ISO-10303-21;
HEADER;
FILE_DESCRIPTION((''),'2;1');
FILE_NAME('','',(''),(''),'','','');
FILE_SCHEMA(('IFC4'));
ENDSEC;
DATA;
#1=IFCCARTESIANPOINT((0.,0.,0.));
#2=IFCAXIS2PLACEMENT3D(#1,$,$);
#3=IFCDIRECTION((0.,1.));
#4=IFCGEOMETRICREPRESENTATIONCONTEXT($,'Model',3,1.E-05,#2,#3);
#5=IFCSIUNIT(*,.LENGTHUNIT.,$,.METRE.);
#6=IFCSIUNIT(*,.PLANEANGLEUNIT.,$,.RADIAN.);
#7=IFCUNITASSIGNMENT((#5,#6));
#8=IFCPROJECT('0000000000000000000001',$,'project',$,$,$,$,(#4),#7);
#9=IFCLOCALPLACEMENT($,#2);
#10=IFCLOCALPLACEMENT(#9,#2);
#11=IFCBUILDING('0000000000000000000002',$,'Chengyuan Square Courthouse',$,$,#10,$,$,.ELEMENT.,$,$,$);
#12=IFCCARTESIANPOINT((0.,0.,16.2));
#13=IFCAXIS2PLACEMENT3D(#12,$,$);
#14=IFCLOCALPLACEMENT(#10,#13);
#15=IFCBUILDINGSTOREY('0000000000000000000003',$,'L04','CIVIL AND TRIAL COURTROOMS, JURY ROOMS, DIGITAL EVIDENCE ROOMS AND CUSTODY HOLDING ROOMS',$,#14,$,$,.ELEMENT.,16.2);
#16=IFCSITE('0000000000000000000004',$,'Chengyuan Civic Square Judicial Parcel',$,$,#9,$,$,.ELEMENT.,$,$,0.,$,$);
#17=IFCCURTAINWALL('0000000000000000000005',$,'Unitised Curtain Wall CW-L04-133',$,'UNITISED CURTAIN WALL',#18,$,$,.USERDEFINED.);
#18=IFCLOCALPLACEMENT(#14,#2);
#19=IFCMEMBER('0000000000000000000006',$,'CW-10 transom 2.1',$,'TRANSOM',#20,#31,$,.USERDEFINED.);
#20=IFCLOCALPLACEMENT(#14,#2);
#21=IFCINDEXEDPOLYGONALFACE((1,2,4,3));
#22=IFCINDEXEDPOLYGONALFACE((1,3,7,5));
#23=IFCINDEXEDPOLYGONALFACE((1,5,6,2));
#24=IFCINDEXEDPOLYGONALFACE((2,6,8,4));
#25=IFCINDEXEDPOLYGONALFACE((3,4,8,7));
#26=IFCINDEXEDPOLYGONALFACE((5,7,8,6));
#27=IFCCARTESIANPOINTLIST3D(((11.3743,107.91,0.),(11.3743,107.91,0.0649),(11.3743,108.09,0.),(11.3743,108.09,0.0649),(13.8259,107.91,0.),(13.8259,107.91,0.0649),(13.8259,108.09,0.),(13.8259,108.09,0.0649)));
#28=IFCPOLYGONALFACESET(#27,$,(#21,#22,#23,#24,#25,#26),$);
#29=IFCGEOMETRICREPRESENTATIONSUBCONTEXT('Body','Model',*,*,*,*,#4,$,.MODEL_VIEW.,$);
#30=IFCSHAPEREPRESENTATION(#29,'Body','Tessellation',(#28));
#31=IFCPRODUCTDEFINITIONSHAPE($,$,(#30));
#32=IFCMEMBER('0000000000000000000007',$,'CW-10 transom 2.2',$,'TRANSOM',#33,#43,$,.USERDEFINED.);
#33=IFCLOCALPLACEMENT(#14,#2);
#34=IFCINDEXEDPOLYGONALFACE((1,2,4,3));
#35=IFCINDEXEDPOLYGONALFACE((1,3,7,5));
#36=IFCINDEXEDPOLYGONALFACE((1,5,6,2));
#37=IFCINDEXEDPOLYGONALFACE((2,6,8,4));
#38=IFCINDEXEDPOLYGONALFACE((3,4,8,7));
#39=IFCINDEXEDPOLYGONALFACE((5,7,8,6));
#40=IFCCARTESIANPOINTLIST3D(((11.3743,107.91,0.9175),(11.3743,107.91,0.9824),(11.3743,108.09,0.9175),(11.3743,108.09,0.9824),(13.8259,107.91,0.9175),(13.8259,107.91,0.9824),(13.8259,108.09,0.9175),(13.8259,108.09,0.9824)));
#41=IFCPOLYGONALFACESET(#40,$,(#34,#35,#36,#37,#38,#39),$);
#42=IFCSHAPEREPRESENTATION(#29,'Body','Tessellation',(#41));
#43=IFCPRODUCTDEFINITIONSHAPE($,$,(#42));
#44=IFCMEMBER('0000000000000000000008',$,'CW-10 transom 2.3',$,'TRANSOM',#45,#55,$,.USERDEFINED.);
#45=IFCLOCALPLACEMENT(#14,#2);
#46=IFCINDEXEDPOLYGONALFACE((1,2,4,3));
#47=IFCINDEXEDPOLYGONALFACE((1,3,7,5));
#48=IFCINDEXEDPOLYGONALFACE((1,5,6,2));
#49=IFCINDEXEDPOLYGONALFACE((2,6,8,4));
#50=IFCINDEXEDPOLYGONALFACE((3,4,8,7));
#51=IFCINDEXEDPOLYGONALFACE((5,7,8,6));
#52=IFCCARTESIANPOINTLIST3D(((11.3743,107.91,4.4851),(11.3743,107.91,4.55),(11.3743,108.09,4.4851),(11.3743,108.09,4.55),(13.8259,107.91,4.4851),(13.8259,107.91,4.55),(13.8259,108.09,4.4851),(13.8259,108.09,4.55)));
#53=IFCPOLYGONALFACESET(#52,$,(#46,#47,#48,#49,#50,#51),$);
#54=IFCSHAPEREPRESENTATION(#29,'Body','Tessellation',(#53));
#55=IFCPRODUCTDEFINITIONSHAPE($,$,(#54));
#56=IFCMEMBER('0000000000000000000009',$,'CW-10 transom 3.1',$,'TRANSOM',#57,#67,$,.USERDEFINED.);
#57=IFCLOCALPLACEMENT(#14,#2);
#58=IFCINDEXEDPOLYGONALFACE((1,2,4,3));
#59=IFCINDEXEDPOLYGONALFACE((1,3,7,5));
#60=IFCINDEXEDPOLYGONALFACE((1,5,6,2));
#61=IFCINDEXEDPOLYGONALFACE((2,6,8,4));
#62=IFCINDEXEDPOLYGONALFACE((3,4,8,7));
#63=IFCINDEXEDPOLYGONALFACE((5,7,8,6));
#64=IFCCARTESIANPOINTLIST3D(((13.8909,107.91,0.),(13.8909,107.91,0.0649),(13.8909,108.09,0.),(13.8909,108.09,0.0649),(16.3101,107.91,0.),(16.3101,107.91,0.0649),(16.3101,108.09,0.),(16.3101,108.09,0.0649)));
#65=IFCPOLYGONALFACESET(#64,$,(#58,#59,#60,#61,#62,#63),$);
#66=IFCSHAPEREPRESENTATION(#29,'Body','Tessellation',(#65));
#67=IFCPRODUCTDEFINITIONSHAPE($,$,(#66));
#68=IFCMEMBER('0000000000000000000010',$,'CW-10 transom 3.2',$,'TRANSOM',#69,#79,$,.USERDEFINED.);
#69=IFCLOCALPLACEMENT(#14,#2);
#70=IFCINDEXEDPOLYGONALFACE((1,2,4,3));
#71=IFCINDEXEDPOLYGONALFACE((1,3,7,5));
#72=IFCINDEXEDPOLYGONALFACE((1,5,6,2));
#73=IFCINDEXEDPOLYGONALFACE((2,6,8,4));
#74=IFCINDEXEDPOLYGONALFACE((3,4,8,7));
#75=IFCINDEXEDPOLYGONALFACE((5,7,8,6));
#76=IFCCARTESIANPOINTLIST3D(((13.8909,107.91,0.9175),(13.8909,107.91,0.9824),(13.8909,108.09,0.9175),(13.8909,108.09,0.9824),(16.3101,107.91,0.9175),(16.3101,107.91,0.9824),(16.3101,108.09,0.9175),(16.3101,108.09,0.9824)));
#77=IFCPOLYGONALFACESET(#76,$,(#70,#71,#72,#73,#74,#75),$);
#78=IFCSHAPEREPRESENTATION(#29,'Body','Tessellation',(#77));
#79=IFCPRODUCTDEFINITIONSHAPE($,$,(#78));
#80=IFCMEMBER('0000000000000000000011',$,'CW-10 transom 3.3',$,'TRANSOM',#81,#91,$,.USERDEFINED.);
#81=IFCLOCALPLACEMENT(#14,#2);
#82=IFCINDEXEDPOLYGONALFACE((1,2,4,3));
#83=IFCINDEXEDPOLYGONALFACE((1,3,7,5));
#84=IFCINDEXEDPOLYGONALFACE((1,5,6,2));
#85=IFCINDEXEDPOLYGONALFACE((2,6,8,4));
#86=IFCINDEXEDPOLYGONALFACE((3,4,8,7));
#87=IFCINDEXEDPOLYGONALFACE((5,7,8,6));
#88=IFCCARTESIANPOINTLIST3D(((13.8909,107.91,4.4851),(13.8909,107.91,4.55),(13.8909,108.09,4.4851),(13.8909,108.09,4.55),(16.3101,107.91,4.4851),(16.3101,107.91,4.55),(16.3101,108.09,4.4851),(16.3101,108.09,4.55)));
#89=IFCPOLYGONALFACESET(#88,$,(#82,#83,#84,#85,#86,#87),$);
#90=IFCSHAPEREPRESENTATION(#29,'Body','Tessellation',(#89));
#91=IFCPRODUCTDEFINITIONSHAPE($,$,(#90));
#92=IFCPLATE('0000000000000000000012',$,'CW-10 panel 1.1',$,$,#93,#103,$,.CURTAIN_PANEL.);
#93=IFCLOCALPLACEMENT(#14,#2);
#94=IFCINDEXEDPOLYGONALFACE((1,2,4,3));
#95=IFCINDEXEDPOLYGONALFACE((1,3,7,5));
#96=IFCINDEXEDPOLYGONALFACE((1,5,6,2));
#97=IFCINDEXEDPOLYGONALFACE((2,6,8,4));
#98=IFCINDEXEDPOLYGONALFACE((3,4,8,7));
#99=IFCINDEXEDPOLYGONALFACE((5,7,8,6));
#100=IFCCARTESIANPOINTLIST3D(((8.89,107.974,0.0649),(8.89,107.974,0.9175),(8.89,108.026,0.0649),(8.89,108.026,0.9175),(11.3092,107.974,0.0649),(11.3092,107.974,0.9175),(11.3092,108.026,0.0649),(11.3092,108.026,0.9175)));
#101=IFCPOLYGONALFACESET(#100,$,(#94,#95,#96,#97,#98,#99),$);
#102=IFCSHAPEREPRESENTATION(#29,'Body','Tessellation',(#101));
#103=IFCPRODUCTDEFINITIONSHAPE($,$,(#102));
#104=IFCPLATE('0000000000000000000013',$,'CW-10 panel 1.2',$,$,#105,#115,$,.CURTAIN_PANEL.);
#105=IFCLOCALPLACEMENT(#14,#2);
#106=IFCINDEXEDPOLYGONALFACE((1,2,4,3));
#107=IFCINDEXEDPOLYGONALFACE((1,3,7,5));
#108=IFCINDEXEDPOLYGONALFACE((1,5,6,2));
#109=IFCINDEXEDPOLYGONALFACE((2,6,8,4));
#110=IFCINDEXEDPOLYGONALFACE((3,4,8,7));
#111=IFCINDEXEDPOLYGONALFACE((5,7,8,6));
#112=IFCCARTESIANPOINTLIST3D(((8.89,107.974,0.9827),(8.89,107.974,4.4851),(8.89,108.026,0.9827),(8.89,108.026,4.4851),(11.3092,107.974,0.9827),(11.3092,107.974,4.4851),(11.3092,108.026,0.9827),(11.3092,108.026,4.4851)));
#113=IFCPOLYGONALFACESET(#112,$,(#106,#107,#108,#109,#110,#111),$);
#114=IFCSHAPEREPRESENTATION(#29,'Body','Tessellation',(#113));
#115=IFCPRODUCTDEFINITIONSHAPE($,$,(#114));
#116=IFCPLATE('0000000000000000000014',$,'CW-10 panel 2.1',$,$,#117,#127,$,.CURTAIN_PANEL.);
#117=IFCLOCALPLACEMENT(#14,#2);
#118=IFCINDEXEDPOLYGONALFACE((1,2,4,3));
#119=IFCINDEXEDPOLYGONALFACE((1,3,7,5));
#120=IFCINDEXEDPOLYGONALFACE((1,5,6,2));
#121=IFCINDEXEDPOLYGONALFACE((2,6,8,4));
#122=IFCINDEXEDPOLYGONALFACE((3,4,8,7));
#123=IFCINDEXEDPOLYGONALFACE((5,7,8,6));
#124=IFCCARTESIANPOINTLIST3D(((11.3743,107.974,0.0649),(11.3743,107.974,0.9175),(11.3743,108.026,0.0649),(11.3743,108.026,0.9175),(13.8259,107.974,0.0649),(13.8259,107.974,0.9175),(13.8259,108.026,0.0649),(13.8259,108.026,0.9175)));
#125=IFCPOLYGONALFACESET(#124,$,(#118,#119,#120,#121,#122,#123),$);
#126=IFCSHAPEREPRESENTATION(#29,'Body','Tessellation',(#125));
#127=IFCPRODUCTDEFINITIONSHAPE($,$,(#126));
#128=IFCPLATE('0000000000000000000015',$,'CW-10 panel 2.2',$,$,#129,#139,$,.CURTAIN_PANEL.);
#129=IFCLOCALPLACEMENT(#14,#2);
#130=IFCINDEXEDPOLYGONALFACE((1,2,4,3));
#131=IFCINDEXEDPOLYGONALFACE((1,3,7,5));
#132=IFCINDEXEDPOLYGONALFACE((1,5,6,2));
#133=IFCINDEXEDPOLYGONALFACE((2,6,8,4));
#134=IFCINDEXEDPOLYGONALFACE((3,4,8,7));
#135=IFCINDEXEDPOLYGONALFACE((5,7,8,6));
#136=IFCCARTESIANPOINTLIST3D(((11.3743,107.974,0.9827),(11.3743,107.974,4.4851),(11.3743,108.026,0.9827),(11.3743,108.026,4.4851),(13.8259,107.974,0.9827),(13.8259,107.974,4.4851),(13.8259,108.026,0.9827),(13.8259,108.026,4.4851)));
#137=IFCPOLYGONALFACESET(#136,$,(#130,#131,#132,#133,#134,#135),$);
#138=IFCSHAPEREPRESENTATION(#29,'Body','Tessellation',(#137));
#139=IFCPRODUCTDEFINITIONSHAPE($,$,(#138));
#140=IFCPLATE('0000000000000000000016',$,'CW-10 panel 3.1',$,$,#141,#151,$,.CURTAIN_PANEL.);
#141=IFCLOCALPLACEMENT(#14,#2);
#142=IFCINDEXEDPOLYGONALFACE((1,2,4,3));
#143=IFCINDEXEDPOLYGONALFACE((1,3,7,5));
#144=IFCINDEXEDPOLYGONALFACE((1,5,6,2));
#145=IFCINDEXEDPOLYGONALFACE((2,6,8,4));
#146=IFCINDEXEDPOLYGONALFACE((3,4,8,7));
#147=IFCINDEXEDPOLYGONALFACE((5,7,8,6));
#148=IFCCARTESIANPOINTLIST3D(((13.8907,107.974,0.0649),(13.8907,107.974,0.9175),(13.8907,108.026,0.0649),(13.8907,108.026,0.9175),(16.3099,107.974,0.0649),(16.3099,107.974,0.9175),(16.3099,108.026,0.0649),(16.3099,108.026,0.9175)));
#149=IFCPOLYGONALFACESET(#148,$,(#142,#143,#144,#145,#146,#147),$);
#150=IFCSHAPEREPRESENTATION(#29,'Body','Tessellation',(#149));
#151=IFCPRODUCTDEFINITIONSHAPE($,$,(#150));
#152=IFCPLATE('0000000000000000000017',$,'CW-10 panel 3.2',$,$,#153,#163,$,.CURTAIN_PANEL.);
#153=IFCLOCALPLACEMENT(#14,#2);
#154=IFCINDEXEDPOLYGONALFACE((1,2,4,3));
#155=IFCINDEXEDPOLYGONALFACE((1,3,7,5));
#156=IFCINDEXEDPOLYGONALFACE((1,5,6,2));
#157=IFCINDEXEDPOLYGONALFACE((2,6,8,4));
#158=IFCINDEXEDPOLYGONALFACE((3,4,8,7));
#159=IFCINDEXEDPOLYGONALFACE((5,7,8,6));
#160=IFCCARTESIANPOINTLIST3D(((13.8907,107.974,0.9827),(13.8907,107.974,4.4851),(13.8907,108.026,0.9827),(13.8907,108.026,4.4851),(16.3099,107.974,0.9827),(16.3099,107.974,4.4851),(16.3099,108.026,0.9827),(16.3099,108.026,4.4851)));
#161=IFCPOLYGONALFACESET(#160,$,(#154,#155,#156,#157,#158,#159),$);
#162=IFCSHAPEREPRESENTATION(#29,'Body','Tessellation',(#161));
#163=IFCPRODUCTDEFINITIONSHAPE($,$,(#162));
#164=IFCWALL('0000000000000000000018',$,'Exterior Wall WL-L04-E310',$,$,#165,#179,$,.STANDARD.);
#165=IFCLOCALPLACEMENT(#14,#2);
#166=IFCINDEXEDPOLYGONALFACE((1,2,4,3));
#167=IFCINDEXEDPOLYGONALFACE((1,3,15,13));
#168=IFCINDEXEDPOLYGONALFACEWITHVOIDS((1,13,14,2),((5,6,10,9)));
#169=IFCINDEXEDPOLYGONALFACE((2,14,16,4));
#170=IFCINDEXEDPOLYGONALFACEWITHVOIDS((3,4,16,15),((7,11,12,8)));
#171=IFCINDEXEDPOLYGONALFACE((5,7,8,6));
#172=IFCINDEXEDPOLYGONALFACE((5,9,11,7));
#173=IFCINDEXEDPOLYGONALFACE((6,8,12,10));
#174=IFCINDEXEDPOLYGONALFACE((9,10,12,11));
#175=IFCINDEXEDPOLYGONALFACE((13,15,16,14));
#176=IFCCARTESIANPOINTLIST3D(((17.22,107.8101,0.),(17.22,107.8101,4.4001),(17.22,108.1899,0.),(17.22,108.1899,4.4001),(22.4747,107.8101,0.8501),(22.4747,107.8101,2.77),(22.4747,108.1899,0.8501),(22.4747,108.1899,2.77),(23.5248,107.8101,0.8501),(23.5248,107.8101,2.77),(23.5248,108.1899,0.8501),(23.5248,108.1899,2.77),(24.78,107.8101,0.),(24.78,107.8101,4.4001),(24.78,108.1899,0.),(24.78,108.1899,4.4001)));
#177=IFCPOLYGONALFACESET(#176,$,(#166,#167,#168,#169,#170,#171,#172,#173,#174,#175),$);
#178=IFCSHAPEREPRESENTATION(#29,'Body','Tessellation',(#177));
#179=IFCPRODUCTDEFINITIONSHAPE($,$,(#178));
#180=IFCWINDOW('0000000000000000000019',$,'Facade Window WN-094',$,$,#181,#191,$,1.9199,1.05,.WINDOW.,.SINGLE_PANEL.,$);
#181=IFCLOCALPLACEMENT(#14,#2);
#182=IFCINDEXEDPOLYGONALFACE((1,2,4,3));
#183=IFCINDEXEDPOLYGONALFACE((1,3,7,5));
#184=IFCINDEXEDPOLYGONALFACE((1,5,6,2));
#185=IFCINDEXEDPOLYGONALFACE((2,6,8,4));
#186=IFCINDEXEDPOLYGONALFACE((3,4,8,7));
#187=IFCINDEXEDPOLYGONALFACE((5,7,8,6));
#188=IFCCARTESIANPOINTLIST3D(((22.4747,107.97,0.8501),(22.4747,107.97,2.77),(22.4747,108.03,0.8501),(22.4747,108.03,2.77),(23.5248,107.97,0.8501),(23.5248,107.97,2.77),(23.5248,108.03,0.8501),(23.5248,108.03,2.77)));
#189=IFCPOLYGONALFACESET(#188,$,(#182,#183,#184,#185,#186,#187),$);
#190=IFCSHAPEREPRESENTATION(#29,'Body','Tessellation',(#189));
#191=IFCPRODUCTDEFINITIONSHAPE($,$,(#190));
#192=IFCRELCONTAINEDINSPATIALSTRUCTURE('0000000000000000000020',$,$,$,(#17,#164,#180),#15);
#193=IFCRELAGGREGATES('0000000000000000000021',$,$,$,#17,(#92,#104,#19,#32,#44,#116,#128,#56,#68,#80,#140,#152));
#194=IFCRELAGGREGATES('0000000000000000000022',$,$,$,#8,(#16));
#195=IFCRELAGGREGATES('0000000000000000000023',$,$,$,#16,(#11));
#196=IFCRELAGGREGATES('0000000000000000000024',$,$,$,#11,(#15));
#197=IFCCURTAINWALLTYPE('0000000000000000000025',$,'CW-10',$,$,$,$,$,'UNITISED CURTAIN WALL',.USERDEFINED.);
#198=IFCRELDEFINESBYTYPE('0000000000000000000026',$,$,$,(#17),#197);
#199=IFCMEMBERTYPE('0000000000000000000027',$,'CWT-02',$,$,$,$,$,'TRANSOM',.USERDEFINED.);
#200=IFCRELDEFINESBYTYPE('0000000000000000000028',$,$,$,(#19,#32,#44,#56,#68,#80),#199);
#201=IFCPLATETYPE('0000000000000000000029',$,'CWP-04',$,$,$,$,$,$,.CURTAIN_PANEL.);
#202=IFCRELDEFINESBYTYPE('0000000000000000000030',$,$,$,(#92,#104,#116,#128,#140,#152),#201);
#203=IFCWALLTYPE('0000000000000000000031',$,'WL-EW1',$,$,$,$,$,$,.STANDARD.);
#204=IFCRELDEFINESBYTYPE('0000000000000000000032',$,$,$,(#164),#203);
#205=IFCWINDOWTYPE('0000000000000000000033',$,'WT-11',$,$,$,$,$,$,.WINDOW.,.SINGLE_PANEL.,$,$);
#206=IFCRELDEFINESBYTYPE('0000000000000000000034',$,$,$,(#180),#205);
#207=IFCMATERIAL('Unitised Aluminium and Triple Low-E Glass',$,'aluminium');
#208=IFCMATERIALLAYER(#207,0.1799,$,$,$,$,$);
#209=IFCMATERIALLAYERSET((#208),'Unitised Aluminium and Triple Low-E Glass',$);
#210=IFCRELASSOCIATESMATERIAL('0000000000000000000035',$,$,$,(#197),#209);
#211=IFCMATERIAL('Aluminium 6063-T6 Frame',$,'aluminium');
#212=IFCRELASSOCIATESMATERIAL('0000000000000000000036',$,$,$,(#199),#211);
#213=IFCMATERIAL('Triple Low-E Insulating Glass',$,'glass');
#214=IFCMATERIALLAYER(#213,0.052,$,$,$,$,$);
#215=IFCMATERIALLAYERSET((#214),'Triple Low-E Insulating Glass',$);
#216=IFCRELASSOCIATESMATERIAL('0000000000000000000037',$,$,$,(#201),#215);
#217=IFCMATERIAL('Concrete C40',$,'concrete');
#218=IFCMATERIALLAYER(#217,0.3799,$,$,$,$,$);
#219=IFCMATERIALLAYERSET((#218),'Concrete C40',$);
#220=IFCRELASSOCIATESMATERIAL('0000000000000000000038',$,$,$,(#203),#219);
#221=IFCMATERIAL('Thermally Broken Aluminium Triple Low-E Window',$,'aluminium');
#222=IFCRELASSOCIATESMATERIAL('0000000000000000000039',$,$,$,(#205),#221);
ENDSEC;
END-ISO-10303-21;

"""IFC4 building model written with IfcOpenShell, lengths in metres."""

from ifc_helpers import new_model, si_unit, direction, frame, frame_2d, origin, origin_2d, place, context, subcontext, project, spatial, rectangle, extrude, material, layer, layer_set, material_profile, profile_set, type_object, element, fill, aggregate, save


model = new_model("IFC4")

# Units and contexts
model_context = context("Model", 3, precision=1e-05, world=origin(), true_north=direction((0.0, 1.0)))
body_context = subcontext(model_context, "Body", "Model", "MODEL_VIEW")
ifc_project = project(units=[si_unit("LENGTHUNIT", "METRE"), si_unit("PLANEANGLEUNIT", "RADIAN")], contexts=[model_context])

# Site, building, storey
site_placement = place(None, origin())
site = spatial("IfcSite", under=ifc_project, at=site_placement, Name="Chengyuan Civic Square Judicial Parcel", CompositionType="ELEMENT", RefElevation=0.0)
building_placement = place(site_placement, origin())
building = spatial("IfcBuilding", under=site, at=building_placement, Name="Chengyuan Square Courthouse", CompositionType="ELEMENT")
storey_placement = place(building_placement, frame((0.0, 0.0, 16.2)))
storey = spatial("IfcBuildingStorey", under=building, at=storey_placement, Name="L04", Description="CIVIL AND TRIAL COURTROOMS, JURY ROOMS, DIGITAL EVIDENCE ROOMS AND CUSTODY HOLDING ROOMS", CompositionType="ELEMENT", Elevation=16.2)

# Shared definitions
ifc_material_1 = material(Name="Concrete C40", Category="concrete")

# Curtain wall, members, plates
ifc_material_2 = material(Name="Unitised Aluminium and Triple Low-E Glass", Category="aluminium")
ifc_layer_1 = layer(ifc_material_2, 0.1799)
ifc_layer_set_1 = layer_set([ifc_layer_1], Name="Unitised Aluminium and Triple Low-E Glass")
curtain_wall_type = type_object("IfcCurtainWallType", Name="CW-10", ElementType="UNITISED CURTAIN WALL", PredefinedType="USERDEFINED", material=ifc_layer_set_1)
curtain_wall_placement = place(storey_placement, origin())
curtain_wall = element("IfcCurtainWall", 1, at=curtain_wall_placement, inside=storey, type_object=curtain_wall_type, Name="Unitised Curtain Wall CW-L04-133", ObjectType="UNITISED CURTAIN WALL", PredefinedType="USERDEFINED")
ifc_material_3 = material(Name="Aluminium 6063-T6 Frame", Category="aluminium")
ifc_material_profile_1 = material_profile(ifc_material_3, rectangle(XDim=0.1799, YDim=0.0649, at=origin_2d()), Name="CW-TRN-65x140")
ifc_profile_set_1 = profile_set([ifc_material_profile_1], Name="Aluminium 6063-T6 Frame")
member_type_1 = type_object("IfcMemberType", Name="CWT-02", ElementType="TRANSOM", PredefinedType="USERDEFINED", material=ifc_profile_set_1)
member_1_placement = place(storey_placement, frame((11.3743, 108.0, 0.0325), z_axis=(1.0, 0.0, 0.0), x_axis=(0.0, 1.0, 0.0)))
member_1 = element("IfcMember", 2, at=member_1_placement, type_object=member_type_1, Name="CW-10 transom 2.1", ObjectType="TRANSOM", PredefinedType="USERDEFINED", context=body_context, shape_type="SweptSolid", body=[
    extrude(rectangle(XDim=0.1799, YDim=0.0649, at=origin_2d()), origin(), (0.0, 0.0, 1.0), 2.4517),
])
member_2_placement = place(storey_placement, frame((11.3743, 108.0, 0.95), z_axis=(1.0, 0.0, 0.0), x_axis=(0.0, 1.0, 0.0)))
member_2 = element("IfcMember", 3, at=member_2_placement, type_object=member_type_1, Name="CW-10 transom 2.2", ObjectType="TRANSOM", PredefinedType="USERDEFINED", context=body_context, shape_type="SweptSolid", body=[
    extrude(rectangle(XDim=0.1799, YDim=0.0649, at=origin_2d()), origin(), (0.0, 0.0, 1.0), 2.4517),
])
member_3_placement = place(storey_placement, frame((11.3743, 108.0, 4.5176), z_axis=(1.0, 0.0, 0.0), x_axis=(0.0, 1.0, 0.0)))
member_3 = element("IfcMember", 4, at=member_3_placement, type_object=member_type_1, Name="CW-10 transom 2.3", ObjectType="TRANSOM", PredefinedType="USERDEFINED", context=body_context, shape_type="SweptSolid", body=[
    extrude(rectangle(XDim=0.1799, YDim=0.0649, at=origin_2d()), origin(), (0.0, 0.0, 1.0), 2.4517),
])
member_4_placement = place(storey_placement, frame((13.8909, 108.0, 0.0325), z_axis=(1.0, 0.0, 0.0), x_axis=(0.0, 1.0, 0.0)))
member_4 = element("IfcMember", 5, at=member_4_placement, type_object=member_type_1, Name="CW-10 transom 3.1", ObjectType="TRANSOM", PredefinedType="USERDEFINED", context=body_context, shape_type="SweptSolid", body=[
    extrude(rectangle(XDim=0.1799, YDim=0.0649, at=origin_2d()), origin(), (0.0, 0.0, 1.0), 2.4192),
])
member_5_placement = place(storey_placement, frame((13.8909, 108.0, 0.95), z_axis=(1.0, 0.0, 0.0), x_axis=(0.0, 1.0, 0.0)))
member_5 = element("IfcMember", 6, at=member_5_placement, type_object=member_type_1, Name="CW-10 transom 3.2", ObjectType="TRANSOM", PredefinedType="USERDEFINED", context=body_context, shape_type="SweptSolid", body=[
    extrude(rectangle(XDim=0.1799, YDim=0.0649, at=origin_2d()), origin(), (0.0, 0.0, 1.0), 2.4192),
])
member_6_placement = place(storey_placement, frame((13.8909, 108.0, 4.5176), z_axis=(1.0, 0.0, 0.0), x_axis=(0.0, 1.0, 0.0)))
member_6 = element("IfcMember", 7, at=member_6_placement, type_object=member_type_1, Name="CW-10 transom 3.3", ObjectType="TRANSOM", PredefinedType="USERDEFINED", context=body_context, shape_type="SweptSolid", body=[
    extrude(rectangle(XDim=0.1799, YDim=0.0649, at=origin_2d()), origin(), (0.0, 0.0, 1.0), 2.4192),
])
ifc_material_4 = material(Name="Triple Low-E Insulating Glass", Category="glass")
ifc_layer_2 = layer(ifc_material_4, 0.052)
ifc_layer_set_2 = layer_set([ifc_layer_2], Name="Triple Low-E Insulating Glass")
plate_type = type_object("IfcPlateType", Name="CWP-04", PredefinedType="CURTAIN_PANEL", material=ifc_layer_set_2)
plate_1_placement = place(storey_placement, frame((10.0996, 108.0, 0.0649), z_axis=(0.0, 0.0, 1.0), x_axis=(1.0, 0.0, 0.0)))
plate_1 = element("IfcPlate", 8, at=plate_1_placement, type_object=plate_type, Name="CW-10 panel 1.1", PredefinedType="CURTAIN_PANEL", context=body_context, shape_type="SweptSolid", body=[
    extrude(rectangle(XDim=2.4192, YDim=0.052, at=origin_2d()), origin(), (0.0, 0.0, 1.0), 0.8525),
])
plate_2_placement = place(storey_placement, frame((10.0996, 108.0, 0.9827), z_axis=(0.0, 0.0, 1.0), x_axis=(1.0, 0.0, 0.0)))
plate_2 = element("IfcPlate", 9, at=plate_2_placement, type_object=plate_type, Name="CW-10 panel 1.2", PredefinedType="CURTAIN_PANEL", context=body_context, shape_type="SweptSolid", body=[
    extrude(rectangle(XDim=2.4192, YDim=0.052, at=origin_2d()), origin(), (0.0, 0.0, 1.0), 3.5024),
])
plate_3_placement = place(storey_placement, frame((12.6001, 108.0, 0.0649), z_axis=(0.0, 0.0, 1.0), x_axis=(1.0, 0.0, 0.0)))
plate_3 = element("IfcPlate", 10, at=plate_3_placement, type_object=plate_type, Name="CW-10 panel 2.1", PredefinedType="CURTAIN_PANEL", context=body_context, shape_type="SweptSolid", body=[
    extrude(rectangle(XDim=2.4517, YDim=0.052, at=origin_2d()), origin(), (0.0, 0.0, 1.0), 0.8525),
])
plate_4_placement = place(storey_placement, frame((12.6001, 108.0, 0.9827), z_axis=(0.0, 0.0, 1.0), x_axis=(1.0, 0.0, 0.0)))
plate_4 = element("IfcPlate", 11, at=plate_4_placement, type_object=plate_type, Name="CW-10 panel 2.2", PredefinedType="CURTAIN_PANEL", context=body_context, shape_type="SweptSolid", body=[
    extrude(rectangle(XDim=2.4517, YDim=0.052, at=origin_2d()), origin(), (0.0, 0.0, 1.0), 3.5024),
])
plate_5_placement = place(storey_placement, frame((15.1003, 108.0, 0.0649), z_axis=(0.0, 0.0, 1.0), x_axis=(1.0, 0.0, 0.0)))
plate_5 = element("IfcPlate", 12, at=plate_5_placement, type_object=plate_type, Name="CW-10 panel 3.1", PredefinedType="CURTAIN_PANEL", context=body_context, shape_type="SweptSolid", body=[
    extrude(rectangle(XDim=2.4192, YDim=0.052, at=origin_2d()), origin(), (0.0, 0.0, 1.0), 0.8525),
])
plate_6_placement = place(storey_placement, frame((15.1003, 108.0, 0.9827), z_axis=(0.0, 0.0, 1.0), x_axis=(1.0, 0.0, 0.0)))
plate_6 = element("IfcPlate", 13, at=plate_6_placement, type_object=plate_type, Name="CW-10 panel 3.2", PredefinedType="CURTAIN_PANEL", context=body_context, shape_type="SweptSolid", body=[
    extrude(rectangle(XDim=2.4192, YDim=0.052, at=origin_2d()), origin(), (0.0, 0.0, 1.0), 3.5024),
])
aggregate(curtain_wall, [plate_1, plate_2, member_1, member_2, member_3, plate_3, plate_4, member_4, member_5, member_6, plate_5, plate_6])

# Wall, opening, window
ifc_layer_3 = layer(ifc_material_1, 0.3799)
ifc_layer_set_3 = layer_set([ifc_layer_3], Name="Concrete C40")
wall_type_1 = type_object("IfcWallType", Name="WL-EW1", PredefinedType="STANDARD", material=ifc_layer_set_3)
wall_1_placement = place(storey_placement, frame((17.22, 108.0, 0.0), z_axis=(0.0, 0.0, 1.0), x_axis=(1.0, 0.0, 0.0)))
wall_1 = element("IfcWall", 14, at=wall_1_placement, inside=storey, type_object=wall_type_1, Name="Exterior Wall WL-L04-E310", PredefinedType="STANDARD", context=body_context, shape_type="SweptSolid", body=[
    extrude(rectangle(XDim=7.5601, YDim=0.3799, at=frame_2d((3.78, 0.0))), origin(), (0.0, 0.0, 1.0), 4.4001),
])
opening_placement = place(wall_1_placement, frame((5.2549, 0.0, 0.8501)))
opening = element("IfcOpeningElement", 15, at=opening_placement, cuts=wall_1, PredefinedType="OPENING", context=body_context, shape_type="SweptSolid", body=[
    extrude(rectangle(XDim=1.05, YDim=1.9199, at=frame_2d((0.5249, 0.96))), frame((0.0, 0.2019, 0.0), z_axis=(0.0, -1.0, 0.0), x_axis=(1.0, 0.0, 0.0)), (0.0, 0.0, 1.0), 0.4038),
])
ifc_material_5 = material(Name="Thermally Broken Aluminium Triple Low-E Window", Category="aluminium")
window_type = type_object("IfcWindowType", Name="WT-11", PartitioningType="SINGLE_PANEL", PredefinedType="WINDOW", material=ifc_material_5)
window_placement = place(opening_placement, origin())
window = element("IfcWindow", 16, at=window_placement, inside=storey, type_object=window_type, Name="Facade Window WN-094", OverallHeight=1.9199, OverallWidth=1.05, PartitioningType="SINGLE_PANEL", PredefinedType="WINDOW", context=body_context, shape_type="SweptSolid", body=[
    extrude(rectangle(XDim=1.05, YDim=1.9199, at=frame_2d((0.5249, 0.96))), frame((0.0, 0.03, 0.0), z_axis=(0.0, -1.0, 0.0), x_axis=(1.0, 0.0, 0.0)), (0.0, 0.0, 1.0), 0.0601),
])
fill(opening, window)

save(model, "model.ifc")
